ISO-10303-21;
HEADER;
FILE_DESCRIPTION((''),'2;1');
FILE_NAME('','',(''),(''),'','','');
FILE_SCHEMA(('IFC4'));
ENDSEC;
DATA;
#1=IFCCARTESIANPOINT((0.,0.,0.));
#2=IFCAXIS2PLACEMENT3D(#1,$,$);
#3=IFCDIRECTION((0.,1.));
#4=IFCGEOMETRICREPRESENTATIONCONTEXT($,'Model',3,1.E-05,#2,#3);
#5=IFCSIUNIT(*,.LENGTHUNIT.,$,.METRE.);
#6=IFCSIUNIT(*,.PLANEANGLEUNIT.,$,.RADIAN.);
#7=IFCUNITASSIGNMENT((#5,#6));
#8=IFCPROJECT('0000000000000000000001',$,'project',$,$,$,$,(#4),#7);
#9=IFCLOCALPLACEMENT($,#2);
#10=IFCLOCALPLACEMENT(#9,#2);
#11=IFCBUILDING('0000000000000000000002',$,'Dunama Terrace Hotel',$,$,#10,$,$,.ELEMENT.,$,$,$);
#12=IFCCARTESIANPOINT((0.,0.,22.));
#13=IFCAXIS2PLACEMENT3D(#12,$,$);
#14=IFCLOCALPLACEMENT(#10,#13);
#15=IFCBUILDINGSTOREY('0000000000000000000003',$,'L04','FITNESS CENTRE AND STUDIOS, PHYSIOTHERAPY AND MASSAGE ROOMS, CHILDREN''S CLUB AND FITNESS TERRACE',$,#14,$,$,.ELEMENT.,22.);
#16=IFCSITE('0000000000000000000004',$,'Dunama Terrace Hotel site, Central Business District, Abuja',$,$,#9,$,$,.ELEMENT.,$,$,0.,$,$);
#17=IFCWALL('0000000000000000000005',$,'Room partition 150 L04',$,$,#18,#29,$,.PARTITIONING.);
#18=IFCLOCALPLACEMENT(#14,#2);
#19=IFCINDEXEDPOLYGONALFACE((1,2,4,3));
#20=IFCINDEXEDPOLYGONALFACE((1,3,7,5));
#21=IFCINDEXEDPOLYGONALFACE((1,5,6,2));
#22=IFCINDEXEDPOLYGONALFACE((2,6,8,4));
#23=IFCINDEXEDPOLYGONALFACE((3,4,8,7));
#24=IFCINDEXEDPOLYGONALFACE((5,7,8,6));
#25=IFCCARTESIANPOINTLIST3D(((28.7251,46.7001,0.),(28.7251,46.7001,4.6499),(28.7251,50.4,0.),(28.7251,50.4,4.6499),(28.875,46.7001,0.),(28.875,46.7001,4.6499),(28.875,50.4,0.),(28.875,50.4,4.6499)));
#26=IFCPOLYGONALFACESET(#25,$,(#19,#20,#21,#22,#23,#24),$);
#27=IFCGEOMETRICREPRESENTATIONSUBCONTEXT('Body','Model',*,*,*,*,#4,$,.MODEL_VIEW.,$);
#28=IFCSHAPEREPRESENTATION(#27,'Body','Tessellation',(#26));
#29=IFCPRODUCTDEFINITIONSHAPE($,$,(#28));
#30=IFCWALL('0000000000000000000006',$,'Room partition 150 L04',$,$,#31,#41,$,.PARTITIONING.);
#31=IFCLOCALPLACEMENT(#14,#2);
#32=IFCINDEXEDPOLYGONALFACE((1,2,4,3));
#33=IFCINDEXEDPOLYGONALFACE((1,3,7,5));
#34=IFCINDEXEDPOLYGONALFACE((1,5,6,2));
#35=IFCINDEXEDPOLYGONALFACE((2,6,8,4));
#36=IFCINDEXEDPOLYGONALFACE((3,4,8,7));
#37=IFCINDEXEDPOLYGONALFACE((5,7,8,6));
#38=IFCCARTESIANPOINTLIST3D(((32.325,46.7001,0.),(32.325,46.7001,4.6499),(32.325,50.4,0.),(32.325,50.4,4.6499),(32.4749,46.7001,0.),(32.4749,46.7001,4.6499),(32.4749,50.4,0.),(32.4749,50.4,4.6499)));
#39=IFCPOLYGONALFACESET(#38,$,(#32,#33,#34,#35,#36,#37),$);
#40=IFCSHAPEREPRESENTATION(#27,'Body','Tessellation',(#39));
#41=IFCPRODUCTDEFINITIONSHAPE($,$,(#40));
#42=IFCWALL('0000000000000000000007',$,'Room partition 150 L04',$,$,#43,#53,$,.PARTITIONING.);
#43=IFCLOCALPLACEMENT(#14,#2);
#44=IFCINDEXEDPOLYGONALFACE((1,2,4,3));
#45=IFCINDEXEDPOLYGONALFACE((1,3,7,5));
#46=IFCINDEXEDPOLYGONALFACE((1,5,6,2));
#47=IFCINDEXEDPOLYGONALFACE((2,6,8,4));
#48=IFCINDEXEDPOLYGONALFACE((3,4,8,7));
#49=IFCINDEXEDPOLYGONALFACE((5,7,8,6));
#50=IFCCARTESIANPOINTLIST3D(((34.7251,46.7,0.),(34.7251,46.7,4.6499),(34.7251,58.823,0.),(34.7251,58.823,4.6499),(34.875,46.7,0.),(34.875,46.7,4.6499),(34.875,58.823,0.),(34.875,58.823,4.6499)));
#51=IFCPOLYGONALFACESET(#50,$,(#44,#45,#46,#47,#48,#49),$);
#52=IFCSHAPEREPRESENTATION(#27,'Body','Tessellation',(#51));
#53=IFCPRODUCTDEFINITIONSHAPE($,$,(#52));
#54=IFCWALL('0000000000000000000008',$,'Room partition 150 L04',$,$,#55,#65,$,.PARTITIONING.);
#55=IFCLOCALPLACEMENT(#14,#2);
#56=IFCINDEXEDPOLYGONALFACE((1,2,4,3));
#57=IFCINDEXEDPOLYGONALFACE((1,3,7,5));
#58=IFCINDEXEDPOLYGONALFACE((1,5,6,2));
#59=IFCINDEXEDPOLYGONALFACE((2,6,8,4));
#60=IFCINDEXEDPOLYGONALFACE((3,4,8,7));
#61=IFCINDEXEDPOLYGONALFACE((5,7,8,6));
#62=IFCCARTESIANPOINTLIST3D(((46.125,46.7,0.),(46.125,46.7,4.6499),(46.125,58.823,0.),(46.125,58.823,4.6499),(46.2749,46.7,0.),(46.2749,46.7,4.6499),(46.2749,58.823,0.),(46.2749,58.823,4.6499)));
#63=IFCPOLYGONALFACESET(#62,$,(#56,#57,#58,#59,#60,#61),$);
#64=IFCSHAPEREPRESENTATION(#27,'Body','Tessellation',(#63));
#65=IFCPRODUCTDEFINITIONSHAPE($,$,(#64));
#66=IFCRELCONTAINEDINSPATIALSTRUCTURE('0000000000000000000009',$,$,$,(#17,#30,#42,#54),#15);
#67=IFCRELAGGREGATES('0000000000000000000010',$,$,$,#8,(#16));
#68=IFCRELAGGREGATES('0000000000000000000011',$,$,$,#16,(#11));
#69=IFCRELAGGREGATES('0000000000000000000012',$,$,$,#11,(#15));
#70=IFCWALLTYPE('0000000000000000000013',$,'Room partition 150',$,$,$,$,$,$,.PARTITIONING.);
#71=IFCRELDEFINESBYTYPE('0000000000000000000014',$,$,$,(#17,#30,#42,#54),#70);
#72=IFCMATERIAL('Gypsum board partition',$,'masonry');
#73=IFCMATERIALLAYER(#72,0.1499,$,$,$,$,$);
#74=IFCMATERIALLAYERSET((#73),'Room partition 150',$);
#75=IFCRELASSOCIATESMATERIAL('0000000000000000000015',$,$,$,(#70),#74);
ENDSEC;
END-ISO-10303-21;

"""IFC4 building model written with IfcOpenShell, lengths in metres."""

from ifc_helpers import new_model, si_unit, direction, frame, frame_2d, origin, place, context, subcontext, project, spatial, rectangle, extrude, material, layer, layer_set, type_object, element, save


model = new_model("IFC4")

# Units and contexts
model_context = context("Model", 3, precision=1e-05, world=origin(), true_north=direction((0.0, 1.0)))
body_context = subcontext(model_context, "Body", "Model", "MODEL_VIEW")
ifc_project = project(units=[si_unit("LENGTHUNIT", "METRE"), si_unit("PLANEANGLEUNIT", "RADIAN")], contexts=[model_context])

# Site, building, storey
site_placement = place(None, origin())
site = spatial("IfcSite", under=ifc_project, at=site_placement, Name="Dunama Terrace Hotel site, Central Business District, Abuja", CompositionType="ELEMENT", RefElevation=0.0)
building_placement = place(site_placement, origin())
building = spatial("IfcBuilding", under=site, at=building_placement, Name="Dunama Terrace Hotel", CompositionType="ELEMENT")
storey_placement = place(building_placement, frame((0.0, 0.0, 22.0)))
storey = spatial("IfcBuildingStorey", under=building, at=storey_placement, Name="L04", Description="FITNESS CENTRE AND STUDIOS, PHYSIOTHERAPY AND MASSAGE ROOMS, CHILDREN'S CLUB AND FITNESS TERRACE", CompositionType="ELEMENT", Elevation=22.0)

# Walls
ifc_material_1 = material(Name="Gypsum board partition", Category="masonry")
ifc_layer_1 = layer(ifc_material_1, 0.1499)
ifc_layer_set_1 = layer_set([ifc_layer_1], Name="Room partition 150")
wall_type_1 = type_object("IfcWallType", Name="Room partition 150", PredefinedType="PARTITIONING", material=ifc_layer_set_1)
for number, where, z_axis, x_axis, name in (
    (1, (28.8, 46.7, 0.0), (0.0, 0.0, 1.0), (0.0, 1.0, 0.0), "Room partition 150 L04"),
    (2, (32.3999, 46.7, 0.0), (0.0, 0.0, 1.0), (0.0, 1.0, 0.0), "Room partition 150 L04"),
):
    element("IfcWall", number, at=place(storey_placement, frame(where, z_axis=z_axis, x_axis=x_axis)), inside=storey, type_object=wall_type_1, Name=name, PredefinedType="PARTITIONING", context=body_context, shape_type="SweptSolid", body=[
        extrude(rectangle(XDim=3.7, YDim=0.1499, at=frame_2d((1.8501, 0.0))), origin(), (0.0, 0.0, 1.0), 4.6499),
    ])
for number, where, z_axis, x_axis, name in (
    (3, (34.8, 46.7, 0.0), (0.0, 0.0, 1.0), (0.0, 1.0, 0.0), "Room partition 150 L04"),
    (4, (46.2, 46.7, 0.0), (0.0, 0.0, 1.0), (0.0, 1.0, 0.0), "Room partition 150 L04"),
):
    element("IfcWall", number, at=place(storey_placement, frame(where, z_axis=z_axis, x_axis=x_axis)), inside=storey, type_object=wall_type_1, Name=name, PredefinedType="PARTITIONING", context=body_context, shape_type="SweptSolid", body=[
        extrude(rectangle(XDim=12.123, YDim=0.1499, at=frame_2d((6.0615, 0.0))), origin(), (0.0, 0.0, 1.0), 4.6499),
    ])

save(model, "model.ifc")
